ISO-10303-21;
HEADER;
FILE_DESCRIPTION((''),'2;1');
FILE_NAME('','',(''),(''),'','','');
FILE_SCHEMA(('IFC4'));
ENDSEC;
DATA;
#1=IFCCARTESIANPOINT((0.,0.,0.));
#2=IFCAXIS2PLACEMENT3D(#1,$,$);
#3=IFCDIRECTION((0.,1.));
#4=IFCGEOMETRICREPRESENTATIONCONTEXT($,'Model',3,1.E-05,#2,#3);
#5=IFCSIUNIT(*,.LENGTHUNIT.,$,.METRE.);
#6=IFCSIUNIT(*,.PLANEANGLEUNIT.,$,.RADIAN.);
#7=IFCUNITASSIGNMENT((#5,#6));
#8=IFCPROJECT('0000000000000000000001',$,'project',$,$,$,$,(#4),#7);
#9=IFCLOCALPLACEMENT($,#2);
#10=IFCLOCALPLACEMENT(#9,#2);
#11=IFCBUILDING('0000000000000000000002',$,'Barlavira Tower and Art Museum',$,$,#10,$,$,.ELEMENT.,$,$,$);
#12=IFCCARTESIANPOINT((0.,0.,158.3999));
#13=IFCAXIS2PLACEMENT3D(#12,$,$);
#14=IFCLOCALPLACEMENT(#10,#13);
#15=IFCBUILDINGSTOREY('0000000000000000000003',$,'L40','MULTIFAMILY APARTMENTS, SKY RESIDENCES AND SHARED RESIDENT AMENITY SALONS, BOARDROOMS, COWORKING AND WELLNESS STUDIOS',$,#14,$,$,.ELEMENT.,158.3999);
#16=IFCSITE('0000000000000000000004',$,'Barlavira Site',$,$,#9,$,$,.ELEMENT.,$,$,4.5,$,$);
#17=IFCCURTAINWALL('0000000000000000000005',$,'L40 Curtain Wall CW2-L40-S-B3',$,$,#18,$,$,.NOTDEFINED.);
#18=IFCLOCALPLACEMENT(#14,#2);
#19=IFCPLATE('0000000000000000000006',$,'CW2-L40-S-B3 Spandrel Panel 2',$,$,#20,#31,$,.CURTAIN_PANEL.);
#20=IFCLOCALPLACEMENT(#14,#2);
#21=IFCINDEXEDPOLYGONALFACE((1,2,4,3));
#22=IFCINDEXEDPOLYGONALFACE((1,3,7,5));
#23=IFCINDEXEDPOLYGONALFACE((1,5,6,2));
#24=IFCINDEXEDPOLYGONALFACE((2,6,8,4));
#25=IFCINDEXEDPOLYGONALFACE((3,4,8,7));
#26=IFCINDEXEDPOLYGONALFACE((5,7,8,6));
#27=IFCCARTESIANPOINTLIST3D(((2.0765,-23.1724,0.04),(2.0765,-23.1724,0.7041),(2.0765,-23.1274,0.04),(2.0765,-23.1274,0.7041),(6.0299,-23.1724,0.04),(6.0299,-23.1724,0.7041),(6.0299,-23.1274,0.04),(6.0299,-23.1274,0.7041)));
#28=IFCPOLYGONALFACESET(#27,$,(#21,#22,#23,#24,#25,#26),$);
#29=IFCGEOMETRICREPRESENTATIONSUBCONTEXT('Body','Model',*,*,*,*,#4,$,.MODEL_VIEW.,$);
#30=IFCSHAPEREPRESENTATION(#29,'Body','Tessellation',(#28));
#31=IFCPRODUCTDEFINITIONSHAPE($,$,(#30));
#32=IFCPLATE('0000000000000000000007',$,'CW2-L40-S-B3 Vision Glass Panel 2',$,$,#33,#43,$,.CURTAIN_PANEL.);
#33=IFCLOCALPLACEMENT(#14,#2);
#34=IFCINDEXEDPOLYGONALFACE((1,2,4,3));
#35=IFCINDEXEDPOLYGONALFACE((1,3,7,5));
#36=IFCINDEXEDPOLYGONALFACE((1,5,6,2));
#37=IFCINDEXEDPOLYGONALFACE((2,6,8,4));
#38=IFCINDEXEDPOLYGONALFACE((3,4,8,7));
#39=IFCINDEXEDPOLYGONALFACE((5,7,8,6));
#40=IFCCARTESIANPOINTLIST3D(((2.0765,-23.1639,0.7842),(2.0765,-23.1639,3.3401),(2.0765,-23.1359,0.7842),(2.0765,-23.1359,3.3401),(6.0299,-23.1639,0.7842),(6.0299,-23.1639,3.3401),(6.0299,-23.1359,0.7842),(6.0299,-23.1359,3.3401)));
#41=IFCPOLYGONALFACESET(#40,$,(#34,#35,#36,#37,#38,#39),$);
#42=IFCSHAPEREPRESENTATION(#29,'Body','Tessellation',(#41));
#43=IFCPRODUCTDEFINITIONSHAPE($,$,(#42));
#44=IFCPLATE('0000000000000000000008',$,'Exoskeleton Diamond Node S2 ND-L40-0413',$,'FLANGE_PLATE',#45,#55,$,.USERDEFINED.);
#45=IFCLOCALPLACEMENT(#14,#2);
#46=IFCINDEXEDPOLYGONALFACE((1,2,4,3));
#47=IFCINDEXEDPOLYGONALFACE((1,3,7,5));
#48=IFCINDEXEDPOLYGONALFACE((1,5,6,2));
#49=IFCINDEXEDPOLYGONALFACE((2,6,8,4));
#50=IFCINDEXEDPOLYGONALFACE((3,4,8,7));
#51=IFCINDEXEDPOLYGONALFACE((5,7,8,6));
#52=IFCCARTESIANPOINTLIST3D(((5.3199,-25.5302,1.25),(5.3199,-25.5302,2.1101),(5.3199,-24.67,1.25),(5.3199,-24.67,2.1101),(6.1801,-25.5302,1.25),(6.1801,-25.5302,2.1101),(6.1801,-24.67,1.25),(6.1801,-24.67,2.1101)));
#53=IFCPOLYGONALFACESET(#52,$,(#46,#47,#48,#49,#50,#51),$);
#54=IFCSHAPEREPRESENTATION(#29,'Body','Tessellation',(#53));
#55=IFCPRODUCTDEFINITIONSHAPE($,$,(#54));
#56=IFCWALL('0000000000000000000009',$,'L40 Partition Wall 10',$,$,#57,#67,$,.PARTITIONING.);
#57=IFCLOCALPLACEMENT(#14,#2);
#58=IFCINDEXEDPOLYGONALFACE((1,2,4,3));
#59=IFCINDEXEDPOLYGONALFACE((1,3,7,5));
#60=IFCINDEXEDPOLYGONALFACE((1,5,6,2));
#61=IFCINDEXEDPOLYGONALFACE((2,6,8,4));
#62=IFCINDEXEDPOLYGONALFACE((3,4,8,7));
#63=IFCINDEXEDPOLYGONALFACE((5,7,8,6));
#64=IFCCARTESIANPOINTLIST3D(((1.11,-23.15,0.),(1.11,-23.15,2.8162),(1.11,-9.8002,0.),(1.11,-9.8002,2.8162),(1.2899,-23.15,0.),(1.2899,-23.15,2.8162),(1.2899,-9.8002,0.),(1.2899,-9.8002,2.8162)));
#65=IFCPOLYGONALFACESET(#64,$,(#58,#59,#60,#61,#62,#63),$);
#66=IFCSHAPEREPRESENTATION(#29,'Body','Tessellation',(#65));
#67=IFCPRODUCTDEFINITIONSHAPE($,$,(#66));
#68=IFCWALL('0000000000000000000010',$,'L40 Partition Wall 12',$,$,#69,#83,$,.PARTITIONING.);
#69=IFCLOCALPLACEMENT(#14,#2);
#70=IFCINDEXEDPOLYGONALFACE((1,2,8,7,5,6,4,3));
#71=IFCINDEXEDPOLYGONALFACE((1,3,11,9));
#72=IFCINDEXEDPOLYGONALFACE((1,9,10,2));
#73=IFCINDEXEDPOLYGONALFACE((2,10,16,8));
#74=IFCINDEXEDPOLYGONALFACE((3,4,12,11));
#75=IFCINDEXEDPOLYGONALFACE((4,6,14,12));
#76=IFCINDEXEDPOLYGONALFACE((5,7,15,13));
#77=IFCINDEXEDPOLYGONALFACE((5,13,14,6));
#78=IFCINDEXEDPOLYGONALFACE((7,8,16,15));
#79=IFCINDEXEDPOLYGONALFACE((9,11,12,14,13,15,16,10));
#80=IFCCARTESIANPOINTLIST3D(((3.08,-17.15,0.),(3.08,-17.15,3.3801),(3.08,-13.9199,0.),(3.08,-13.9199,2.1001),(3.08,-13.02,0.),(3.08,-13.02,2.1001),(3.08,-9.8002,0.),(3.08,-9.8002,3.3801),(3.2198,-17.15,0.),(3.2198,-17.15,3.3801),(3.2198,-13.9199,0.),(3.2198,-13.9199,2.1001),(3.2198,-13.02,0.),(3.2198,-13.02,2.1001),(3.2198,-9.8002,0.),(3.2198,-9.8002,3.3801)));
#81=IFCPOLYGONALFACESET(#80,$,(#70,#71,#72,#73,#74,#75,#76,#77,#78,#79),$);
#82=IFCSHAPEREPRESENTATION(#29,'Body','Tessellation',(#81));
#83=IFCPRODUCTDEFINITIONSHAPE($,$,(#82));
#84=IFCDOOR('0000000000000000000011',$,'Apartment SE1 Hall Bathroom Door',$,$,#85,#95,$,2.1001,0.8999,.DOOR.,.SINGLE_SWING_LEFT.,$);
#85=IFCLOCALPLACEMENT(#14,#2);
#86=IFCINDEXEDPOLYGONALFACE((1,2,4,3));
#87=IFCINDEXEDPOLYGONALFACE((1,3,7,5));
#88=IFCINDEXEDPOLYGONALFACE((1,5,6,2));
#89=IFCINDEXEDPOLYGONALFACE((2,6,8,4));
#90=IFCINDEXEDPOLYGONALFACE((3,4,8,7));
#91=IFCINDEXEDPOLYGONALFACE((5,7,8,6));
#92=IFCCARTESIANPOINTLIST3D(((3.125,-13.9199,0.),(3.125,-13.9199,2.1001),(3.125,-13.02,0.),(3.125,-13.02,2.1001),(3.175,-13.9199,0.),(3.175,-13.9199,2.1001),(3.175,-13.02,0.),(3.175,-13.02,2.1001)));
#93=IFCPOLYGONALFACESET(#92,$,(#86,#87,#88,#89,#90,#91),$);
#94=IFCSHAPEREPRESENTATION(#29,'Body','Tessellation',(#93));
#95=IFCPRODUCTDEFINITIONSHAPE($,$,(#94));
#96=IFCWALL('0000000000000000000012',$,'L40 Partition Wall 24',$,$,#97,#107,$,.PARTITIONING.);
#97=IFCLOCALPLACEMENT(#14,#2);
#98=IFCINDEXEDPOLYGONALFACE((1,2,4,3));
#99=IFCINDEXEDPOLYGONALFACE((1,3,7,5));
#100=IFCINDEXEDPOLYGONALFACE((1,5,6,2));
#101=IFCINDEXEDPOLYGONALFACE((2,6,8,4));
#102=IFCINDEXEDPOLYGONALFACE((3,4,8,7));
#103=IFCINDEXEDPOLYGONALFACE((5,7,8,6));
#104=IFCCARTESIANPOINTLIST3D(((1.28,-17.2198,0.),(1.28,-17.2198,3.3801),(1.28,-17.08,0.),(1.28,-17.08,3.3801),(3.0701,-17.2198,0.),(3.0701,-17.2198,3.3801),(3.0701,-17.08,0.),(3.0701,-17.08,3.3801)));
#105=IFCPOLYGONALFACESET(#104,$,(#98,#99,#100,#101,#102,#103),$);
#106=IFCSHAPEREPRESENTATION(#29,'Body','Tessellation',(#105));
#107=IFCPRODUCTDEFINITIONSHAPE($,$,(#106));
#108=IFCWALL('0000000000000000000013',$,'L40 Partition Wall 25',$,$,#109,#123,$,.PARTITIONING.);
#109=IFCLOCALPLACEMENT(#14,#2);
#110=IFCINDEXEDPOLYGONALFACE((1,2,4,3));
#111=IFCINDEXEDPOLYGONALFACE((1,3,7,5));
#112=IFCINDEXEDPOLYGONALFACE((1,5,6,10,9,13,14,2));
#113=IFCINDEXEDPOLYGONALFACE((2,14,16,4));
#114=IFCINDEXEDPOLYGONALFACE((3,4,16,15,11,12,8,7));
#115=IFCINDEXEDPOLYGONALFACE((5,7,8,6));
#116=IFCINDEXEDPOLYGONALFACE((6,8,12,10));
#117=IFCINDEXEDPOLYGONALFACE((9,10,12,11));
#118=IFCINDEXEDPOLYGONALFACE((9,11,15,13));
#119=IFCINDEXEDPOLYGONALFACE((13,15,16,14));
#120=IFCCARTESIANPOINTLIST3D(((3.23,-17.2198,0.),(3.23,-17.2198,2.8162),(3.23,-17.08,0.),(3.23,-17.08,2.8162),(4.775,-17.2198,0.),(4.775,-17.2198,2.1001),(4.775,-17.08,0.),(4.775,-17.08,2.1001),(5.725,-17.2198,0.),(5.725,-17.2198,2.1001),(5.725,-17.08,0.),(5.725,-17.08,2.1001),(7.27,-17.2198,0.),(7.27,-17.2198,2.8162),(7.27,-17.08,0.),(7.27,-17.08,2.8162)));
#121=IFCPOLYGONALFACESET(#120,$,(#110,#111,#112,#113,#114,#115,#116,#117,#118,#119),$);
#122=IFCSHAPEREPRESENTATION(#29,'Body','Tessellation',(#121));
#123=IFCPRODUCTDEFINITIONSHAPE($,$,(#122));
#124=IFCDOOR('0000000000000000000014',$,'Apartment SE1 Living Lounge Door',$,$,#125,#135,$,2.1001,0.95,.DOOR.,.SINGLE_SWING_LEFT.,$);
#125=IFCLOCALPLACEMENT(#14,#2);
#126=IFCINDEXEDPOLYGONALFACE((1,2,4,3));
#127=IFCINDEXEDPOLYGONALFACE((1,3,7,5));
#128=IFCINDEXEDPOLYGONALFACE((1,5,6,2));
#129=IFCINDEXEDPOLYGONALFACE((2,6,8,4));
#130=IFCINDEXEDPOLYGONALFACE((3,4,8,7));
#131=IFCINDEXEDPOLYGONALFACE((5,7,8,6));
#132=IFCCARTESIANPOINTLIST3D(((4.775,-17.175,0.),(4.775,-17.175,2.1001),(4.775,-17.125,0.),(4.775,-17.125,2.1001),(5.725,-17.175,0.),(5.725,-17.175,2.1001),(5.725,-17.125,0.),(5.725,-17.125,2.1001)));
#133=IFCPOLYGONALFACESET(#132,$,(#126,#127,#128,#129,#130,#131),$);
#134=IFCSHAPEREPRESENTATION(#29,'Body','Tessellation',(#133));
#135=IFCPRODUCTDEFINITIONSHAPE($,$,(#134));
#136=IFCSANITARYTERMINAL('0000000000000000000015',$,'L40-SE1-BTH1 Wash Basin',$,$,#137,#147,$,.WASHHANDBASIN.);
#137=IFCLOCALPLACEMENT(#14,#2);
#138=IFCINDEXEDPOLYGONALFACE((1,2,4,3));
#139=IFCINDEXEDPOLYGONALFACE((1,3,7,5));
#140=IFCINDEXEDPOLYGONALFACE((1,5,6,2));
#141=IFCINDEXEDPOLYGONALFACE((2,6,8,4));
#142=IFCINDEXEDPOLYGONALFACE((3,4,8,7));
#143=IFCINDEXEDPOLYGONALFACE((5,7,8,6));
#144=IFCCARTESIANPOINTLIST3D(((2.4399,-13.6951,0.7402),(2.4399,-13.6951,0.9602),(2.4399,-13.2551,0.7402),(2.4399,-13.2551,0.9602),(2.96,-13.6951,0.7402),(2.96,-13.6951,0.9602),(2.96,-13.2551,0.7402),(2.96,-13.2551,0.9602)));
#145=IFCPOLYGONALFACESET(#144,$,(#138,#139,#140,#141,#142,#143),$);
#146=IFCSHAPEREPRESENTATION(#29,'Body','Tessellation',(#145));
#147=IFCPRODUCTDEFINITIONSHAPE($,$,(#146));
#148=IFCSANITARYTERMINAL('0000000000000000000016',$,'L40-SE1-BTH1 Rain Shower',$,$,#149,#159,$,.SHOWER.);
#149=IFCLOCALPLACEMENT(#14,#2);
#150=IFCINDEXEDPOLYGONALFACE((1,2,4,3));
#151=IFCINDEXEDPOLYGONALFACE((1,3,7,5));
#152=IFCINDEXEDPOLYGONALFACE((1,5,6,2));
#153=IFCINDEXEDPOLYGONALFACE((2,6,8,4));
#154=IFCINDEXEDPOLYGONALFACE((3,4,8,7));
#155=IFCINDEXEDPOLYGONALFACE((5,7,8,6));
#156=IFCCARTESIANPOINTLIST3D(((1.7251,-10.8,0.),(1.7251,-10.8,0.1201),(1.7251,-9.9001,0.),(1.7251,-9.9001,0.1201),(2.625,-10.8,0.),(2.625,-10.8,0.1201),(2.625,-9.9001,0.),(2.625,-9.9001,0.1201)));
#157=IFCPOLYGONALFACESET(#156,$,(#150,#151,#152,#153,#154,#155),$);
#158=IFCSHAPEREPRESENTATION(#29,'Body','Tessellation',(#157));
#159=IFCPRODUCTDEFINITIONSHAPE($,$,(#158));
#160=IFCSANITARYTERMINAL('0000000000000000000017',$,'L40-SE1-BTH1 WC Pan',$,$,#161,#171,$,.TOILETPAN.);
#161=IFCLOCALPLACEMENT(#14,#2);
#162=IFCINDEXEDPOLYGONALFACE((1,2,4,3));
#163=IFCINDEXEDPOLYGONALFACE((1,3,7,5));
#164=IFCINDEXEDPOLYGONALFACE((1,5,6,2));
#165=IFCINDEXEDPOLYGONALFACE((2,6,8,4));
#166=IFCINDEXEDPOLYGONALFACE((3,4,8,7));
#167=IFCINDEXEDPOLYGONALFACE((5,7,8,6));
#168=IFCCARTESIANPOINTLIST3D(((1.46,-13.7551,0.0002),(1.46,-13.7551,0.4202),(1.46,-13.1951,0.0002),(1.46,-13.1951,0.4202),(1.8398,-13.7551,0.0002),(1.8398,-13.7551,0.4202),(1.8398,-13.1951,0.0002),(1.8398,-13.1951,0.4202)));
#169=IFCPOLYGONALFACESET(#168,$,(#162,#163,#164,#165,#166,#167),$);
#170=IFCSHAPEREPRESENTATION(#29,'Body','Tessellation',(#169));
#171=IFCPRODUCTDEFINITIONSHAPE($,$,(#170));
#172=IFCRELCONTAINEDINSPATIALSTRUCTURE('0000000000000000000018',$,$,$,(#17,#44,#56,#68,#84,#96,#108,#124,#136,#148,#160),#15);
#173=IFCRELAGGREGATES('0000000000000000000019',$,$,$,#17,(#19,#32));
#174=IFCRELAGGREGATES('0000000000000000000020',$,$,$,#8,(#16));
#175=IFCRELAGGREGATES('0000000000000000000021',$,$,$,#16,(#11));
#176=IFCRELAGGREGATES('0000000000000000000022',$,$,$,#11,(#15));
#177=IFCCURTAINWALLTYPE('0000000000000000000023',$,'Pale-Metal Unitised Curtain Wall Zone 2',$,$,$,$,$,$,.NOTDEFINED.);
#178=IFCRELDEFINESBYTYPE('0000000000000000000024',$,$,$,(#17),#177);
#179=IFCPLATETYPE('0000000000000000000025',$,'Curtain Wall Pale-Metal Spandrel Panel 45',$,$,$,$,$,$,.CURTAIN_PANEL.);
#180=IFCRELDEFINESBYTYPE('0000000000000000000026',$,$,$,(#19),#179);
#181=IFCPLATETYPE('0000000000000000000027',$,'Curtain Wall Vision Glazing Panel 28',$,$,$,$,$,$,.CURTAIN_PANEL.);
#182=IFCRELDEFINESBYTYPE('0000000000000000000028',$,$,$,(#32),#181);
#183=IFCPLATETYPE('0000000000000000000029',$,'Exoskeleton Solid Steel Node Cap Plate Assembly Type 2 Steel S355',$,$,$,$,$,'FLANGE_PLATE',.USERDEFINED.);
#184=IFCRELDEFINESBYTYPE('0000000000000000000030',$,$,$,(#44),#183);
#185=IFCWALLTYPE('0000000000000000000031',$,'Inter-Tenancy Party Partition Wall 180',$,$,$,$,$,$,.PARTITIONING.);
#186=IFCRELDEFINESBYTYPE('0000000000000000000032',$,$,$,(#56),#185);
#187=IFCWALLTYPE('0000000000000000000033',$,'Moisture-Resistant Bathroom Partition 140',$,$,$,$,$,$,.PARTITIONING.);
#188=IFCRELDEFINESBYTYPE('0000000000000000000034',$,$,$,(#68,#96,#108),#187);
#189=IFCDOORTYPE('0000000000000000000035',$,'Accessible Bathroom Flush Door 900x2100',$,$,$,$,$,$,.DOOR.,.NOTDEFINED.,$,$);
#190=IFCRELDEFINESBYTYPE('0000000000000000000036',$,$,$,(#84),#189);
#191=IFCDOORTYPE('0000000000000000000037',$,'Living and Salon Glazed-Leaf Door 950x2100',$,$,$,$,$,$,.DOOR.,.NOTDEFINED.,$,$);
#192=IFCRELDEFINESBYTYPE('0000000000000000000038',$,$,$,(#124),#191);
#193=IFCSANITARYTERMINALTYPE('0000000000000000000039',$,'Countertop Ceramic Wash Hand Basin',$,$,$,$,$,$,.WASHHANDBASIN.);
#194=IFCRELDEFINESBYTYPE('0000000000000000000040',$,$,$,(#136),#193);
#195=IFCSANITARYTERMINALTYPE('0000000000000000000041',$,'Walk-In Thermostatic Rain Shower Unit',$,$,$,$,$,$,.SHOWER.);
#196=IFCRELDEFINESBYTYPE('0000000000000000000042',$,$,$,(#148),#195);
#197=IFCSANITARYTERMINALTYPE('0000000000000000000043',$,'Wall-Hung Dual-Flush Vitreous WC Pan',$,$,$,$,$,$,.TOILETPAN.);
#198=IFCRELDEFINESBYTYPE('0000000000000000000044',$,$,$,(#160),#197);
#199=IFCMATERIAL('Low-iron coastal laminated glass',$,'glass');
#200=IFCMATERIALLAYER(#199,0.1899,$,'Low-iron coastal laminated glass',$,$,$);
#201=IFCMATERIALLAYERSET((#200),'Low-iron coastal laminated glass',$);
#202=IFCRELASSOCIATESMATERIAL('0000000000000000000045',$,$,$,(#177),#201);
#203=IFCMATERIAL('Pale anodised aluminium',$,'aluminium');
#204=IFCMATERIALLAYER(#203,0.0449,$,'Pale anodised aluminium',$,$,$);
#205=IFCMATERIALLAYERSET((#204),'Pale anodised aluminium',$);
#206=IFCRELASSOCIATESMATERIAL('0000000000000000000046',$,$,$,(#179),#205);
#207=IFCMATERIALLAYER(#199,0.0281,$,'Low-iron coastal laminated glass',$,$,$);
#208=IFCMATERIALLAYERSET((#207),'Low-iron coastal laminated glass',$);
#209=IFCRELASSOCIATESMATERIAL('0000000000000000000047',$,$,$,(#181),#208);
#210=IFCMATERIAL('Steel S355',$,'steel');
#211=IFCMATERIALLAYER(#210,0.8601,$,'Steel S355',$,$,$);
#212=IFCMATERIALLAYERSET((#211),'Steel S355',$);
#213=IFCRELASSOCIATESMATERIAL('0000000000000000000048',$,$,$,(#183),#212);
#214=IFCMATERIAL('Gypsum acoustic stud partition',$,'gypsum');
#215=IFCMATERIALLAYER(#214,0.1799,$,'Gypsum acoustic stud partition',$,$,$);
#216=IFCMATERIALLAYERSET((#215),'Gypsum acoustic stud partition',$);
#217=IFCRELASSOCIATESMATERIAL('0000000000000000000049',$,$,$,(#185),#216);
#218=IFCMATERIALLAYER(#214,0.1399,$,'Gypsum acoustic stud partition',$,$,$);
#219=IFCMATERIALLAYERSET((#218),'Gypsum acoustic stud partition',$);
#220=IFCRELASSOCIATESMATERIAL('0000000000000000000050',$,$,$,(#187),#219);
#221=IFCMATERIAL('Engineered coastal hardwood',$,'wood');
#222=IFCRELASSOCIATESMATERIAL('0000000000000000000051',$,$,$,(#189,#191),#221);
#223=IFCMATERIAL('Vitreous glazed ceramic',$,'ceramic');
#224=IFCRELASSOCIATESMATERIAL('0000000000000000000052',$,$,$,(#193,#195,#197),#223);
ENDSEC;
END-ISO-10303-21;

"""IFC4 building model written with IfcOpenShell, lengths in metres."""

from ifc_helpers import new_model, si_unit, direction, frame, frame_2d, origin, origin_2d, place, context, subcontext, project, spatial, rectangle, extrude, material, layer, layer_set, type_object, element, fill, aggregate, save


model = new_model("IFC4")

# Units and contexts
model_context = context("Model", 3, precision=1e-05, world=origin(), true_north=direction((0.0, 1.0)))
body_context = subcontext(model_context, "Body", "Model", "MODEL_VIEW")
ifc_project = project(units=[si_unit("LENGTHUNIT", "METRE"), si_unit("PLANEANGLEUNIT", "RADIAN")], contexts=[model_context])

# Site, building, storey
site_placement = place(None, origin())
site = spatial("IfcSite", under=ifc_project, at=site_placement, Name="Barlavira Site", CompositionType="ELEMENT", RefElevation=4.5)
building_placement = place(site_placement, origin())
building = spatial("IfcBuilding", under=site, at=building_placement, Name="Barlavira Tower and Art Museum", CompositionType="ELEMENT")
storey_placement = place(building_placement, frame((0.0, 0.0, 158.3999)))
storey = spatial("IfcBuildingStorey", under=building, at=storey_placement, Name="L40", Description="MULTIFAMILY APARTMENTS, SKY RESIDENCES AND SHARED RESIDENT AMENITY SALONS, BOARDROOMS, COWORKING AND WELLNESS STUDIOS", CompositionType="ELEMENT", Elevation=158.3999)

# Curtain wall
ifc_material_1 = material(Name="Low-iron coastal laminated glass", Category="glass")
ifc_layer_1 = layer(ifc_material_1, 0.1899, Name="Low-iron coastal laminated glass")
ifc_layer_set_1 = layer_set([ifc_layer_1], Name="Low-iron coastal laminated glass")
curtain_wall_type = type_object("IfcCurtainWallType", Name="Pale-Metal Unitised Curtain Wall Zone 2", PredefinedType="NOTDEFINED", material=ifc_layer_set_1)
curtain_wall_placement = place(storey_placement, origin())
curtain_wall = element("IfcCurtainWall", 1, at=curtain_wall_placement, inside=storey, type_object=curtain_wall_type, Name="L40 Curtain Wall CW2-L40-S-B3", PredefinedType="NOTDEFINED")
ifc_material_2 = material(Name="Pale anodised aluminium", Category="aluminium")

# Shared definitions
ifc_material_3 = material(Name="Steel S355", Category="steel")

# Plates
ifc_layer_2 = layer(ifc_material_2, 0.0449, Name="Pale anodised aluminium")
ifc_layer_set_2 = layer_set([ifc_layer_2], Name="Pale anodised aluminium")
plate_type_1 = type_object("IfcPlateType", Name="Curtain Wall Pale-Metal Spandrel Panel 45", PredefinedType="CURTAIN_PANEL", material=ifc_layer_set_2)
plate_1_placement = place(storey_placement, frame((4.0532, -23.1499, 0.04), z_axis=(0.0, 0.0, 1.0), x_axis=(1.0, 0.0, 0.0)))
plate_1 = element("IfcPlate", 2, at=plate_1_placement, type_object=plate_type_1, Name="CW2-L40-S-B3 Spandrel Panel 2", PredefinedType="CURTAIN_PANEL", context=body_context, shape_type="SweptSolid", body=[
    extrude(rectangle(XDim=3.9534, YDim=0.0449, at=origin_2d()), origin(), (0.0, 0.0, 1.0), 0.6641),
])
ifc_layer_3 = layer(ifc_material_1, 0.0281, Name="Low-iron coastal laminated glass")
ifc_layer_set_3 = layer_set([ifc_layer_3], Name="Low-iron coastal laminated glass")
plate_type_2 = type_object("IfcPlateType", Name="Curtain Wall Vision Glazing Panel 28", PredefinedType="CURTAIN_PANEL", material=ifc_layer_set_3)
plate_2_placement = place(storey_placement, frame((4.0532, -23.1499, 0.7842), z_axis=(0.0, 0.0, 1.0), x_axis=(1.0, 0.0, 0.0)))
plate_2 = element("IfcPlate", 3, at=plate_2_placement, type_object=plate_type_2, Name="CW2-L40-S-B3 Vision Glass Panel 2", PredefinedType="CURTAIN_PANEL", context=body_context, shape_type="SweptSolid", body=[
    extrude(rectangle(XDim=3.9534, YDim=0.0281, at=origin_2d()), origin(), (0.0, 0.0, 1.0), 2.5559),
])
aggregate(curtain_wall, [plate_1, plate_2])
ifc_layer_4 = layer(ifc_material_3, 0.8601, Name="Steel S355")
ifc_layer_set_4 = layer_set([ifc_layer_4], Name="Steel S355")
plate_type_3 = type_object("IfcPlateType", Name="Exoskeleton Solid Steel Node Cap Plate Assembly Type 2 Steel S355", ElementType="FLANGE_PLATE", PredefinedType="USERDEFINED", material=ifc_layer_set_4)
plate_3_placement = place(storey_placement, frame((5.75, -25.1001, 1.25), z_axis=(0.0, 0.0, 1.0), x_axis=(1.0, 0.0, 0.0)))
element("IfcPlate", 4, at=plate_3_placement, inside=storey, type_object=plate_type_3, Name="Exoskeleton Diamond Node S2 ND-L40-0413", ObjectType="FLANGE_PLATE", PredefinedType="USERDEFINED", context=body_context, shape_type="SweptSolid", body=[
    extrude(rectangle(XDim=0.8601, YDim=0.8601, at=origin_2d()), origin(), (0.0, 0.0, 1.0), 0.8601),
])

# Wall
ifc_material_4 = material(Name="Gypsum acoustic stud partition", Category="gypsum")
ifc_layer_5 = layer(ifc_material_4, 0.1799, Name="Gypsum acoustic stud partition")
ifc_layer_set_5 = layer_set([ifc_layer_5], Name="Gypsum acoustic stud partition")
wall_type_1 = type_object("IfcWallType", Name="Inter-Tenancy Party Partition Wall 180", PredefinedType="PARTITIONING", material=ifc_layer_set_5)
wall_1_placement = place(storey_placement, frame((1.2, -23.1499, 0.0), z_axis=(0.0, 0.0, 1.0), x_axis=(0.0, 1.0, 0.0)))
element("IfcWall", 5, at=wall_1_placement, inside=storey, type_object=wall_type_1, Name="L40 Partition Wall 10", PredefinedType="PARTITIONING", context=body_context, shape_type="SweptSolid", body=[
    extrude(rectangle(XDim=13.3499, YDim=0.1799, at=frame_2d((6.6748, 0.0))), origin(), (0.0, 0.0, 1.0), 2.8162),
])

# Wall, opening, door
ifc_layer_6 = layer(ifc_material_4, 0.1399, Name="Gypsum acoustic stud partition")
ifc_layer_set_6 = layer_set([ifc_layer_6], Name="Gypsum acoustic stud partition")
wall_type_2 = type_object("IfcWallType", Name="Moisture-Resistant Bathroom Partition 140", PredefinedType="PARTITIONING", material=ifc_layer_set_6)
wall_2_placement = place(storey_placement, frame((3.1499, -17.1499, 0.0), z_axis=(0.0, 0.0, 1.0), x_axis=(0.0, 1.0, 0.0)))
wall_2 = element("IfcWall", 6, at=wall_2_placement, inside=storey, type_object=wall_type_2, Name="L40 Partition Wall 12", PredefinedType="PARTITIONING", context=body_context, shape_type="SweptSolid", body=[
    extrude(rectangle(XDim=7.3499, YDim=0.1399, at=frame_2d((3.6748, 0.0))), origin(), (0.0, 0.0, 1.0), 3.3801),
])
opening_1_placement = place(wall_2_placement, frame((3.23, 0.0, 0.0)))
opening_1 = element("IfcOpeningElement", 7, at=opening_1_placement, cuts=wall_2, PredefinedType="OPENING", context=body_context, shape_type="SweptSolid", body=[
    extrude(rectangle(XDim=0.8999, YDim=2.1001, at=frame_2d((0.45, 1.05))), frame((0.0, 0.0801, 0.0), z_axis=(0.0, -1.0, 0.0), x_axis=(1.0, 0.0, 0.0)), (0.0, 0.0, 1.0), 0.1599),
])
ifc_material_5 = material(Name="Engineered coastal hardwood", Category="wood")
door_type_1 = type_object("IfcDoorType", Name="Accessible Bathroom Flush Door 900x2100", OperationType="NOTDEFINED", PredefinedType="DOOR", material=ifc_material_5)
door_1_placement = place(opening_1_placement, origin())
door_1 = element("IfcDoor", 8, at=door_1_placement, inside=storey, type_object=door_type_1, Name="Apartment SE1 Hall Bathroom Door", OperationType="SINGLE_SWING_LEFT", OverallHeight=2.1001, OverallWidth=0.8999, PredefinedType="DOOR", context=body_context, shape_type="SweptSolid", body=[
    extrude(rectangle(XDim=0.8999, YDim=2.1001, at=frame_2d((0.45, 1.05))), frame((0.0, 0.0249, 0.0), z_axis=(0.0, -1.0, 0.0), x_axis=(1.0, 0.0, 0.0)), (0.0, 0.0, 1.0), 0.05),
])
fill(opening_1, door_1)

# Wall
wall_3_placement = place(storey_placement, frame((1.28, -17.1499, 0.0), z_axis=(0.0, 0.0, 1.0), x_axis=(1.0, 0.0, 0.0)))
element("IfcWall", 9, at=wall_3_placement, inside=storey, type_object=wall_type_2, Name="L40 Partition Wall 24", PredefinedType="PARTITIONING", context=body_context, shape_type="SweptSolid", body=[
    extrude(rectangle(XDim=1.79, YDim=0.1399, at=frame_2d((0.895, 0.0))), origin(), (0.0, 0.0, 1.0), 3.3801),
])

# Wall, opening, door
wall_4_placement = place(storey_placement, frame((3.23, -17.1499, 0.0), z_axis=(0.0, 0.0, 1.0), x_axis=(1.0, 0.0, 0.0)))
wall_4 = element("IfcWall", 10, at=wall_4_placement, inside=storey, type_object=wall_type_2, Name="L40 Partition Wall 25", PredefinedType="PARTITIONING", context=body_context, shape_type="SweptSolid", body=[
    extrude(rectangle(XDim=4.04, YDim=0.1399, at=frame_2d((2.02, 0.0))), origin(), (0.0, 0.0, 1.0), 2.8162),
])
opening_2_placement = place(wall_4_placement, frame((1.5449, 0.0, 0.0)))
opening_2 = element("IfcOpeningElement", 11, at=opening_2_placement, cuts=wall_4, PredefinedType="OPENING", context=body_context, shape_type="SweptSolid", body=[
    extrude(rectangle(XDim=0.95, YDim=2.1001, at=frame_2d((0.4751, 1.05))), frame((0.0, 0.0801, 0.0), z_axis=(0.0, -1.0, 0.0), x_axis=(1.0, 0.0, 0.0)), (0.0, 0.0, 1.0), 0.1599),
])
door_type_2 = type_object("IfcDoorType", Name="Living and Salon Glazed-Leaf Door 950x2100", OperationType="NOTDEFINED", PredefinedType="DOOR", material=ifc_material_5)
door_2_placement = place(opening_2_placement, origin())
door_2 = element("IfcDoor", 12, at=door_2_placement, inside=storey, type_object=door_type_2, Name="Apartment SE1 Living Lounge Door", OperationType="SINGLE_SWING_LEFT", OverallHeight=2.1001, OverallWidth=0.95, PredefinedType="DOOR", context=body_context, shape_type="SweptSolid", body=[
    extrude(rectangle(XDim=0.95, YDim=2.1001, at=frame_2d((0.4751, 1.05))), frame((0.0, 0.0249, 0.0), z_axis=(0.0, -1.0, 0.0), x_axis=(1.0, 0.0, 0.0)), (0.0, 0.0, 1.0), 0.05),
])
fill(opening_2, door_2)

# Sanitary terminals
ifc_material_6 = material(Name="Vitreous glazed ceramic", Category="ceramic")
sanitary_terminal_type_1 = type_object("IfcSanitaryTerminalType", Name="Countertop Ceramic Wash Hand Basin", PredefinedType="WASHHANDBASIN", material=ifc_material_6)
sanitary_terminal_1_placement = place(storey_placement, frame((2.7, -13.4751, 0.7402), z_axis=(0.0, 0.0, 1.0), x_axis=(1.0, 0.0, 0.0)))
element("IfcSanitaryTerminal", 13, at=sanitary_terminal_1_placement, inside=storey, type_object=sanitary_terminal_type_1, Name="L40-SE1-BTH1 Wash Basin", PredefinedType="WASHHANDBASIN", context=body_context, shape_type="SweptSolid", body=[
    extrude(rectangle(XDim=0.52, YDim=0.4399, at=origin_2d()), origin(), (0.0, 0.0, 1.0), 0.22),
])
sanitary_terminal_type_2 = type_object("IfcSanitaryTerminalType", Name="Walk-In Thermostatic Rain Shower Unit", PredefinedType="SHOWER", material=ifc_material_6)
sanitary_terminal_2_placement = place(storey_placement, frame((2.175, -10.3501, 0.0), z_axis=(0.0, 0.0, 1.0), x_axis=(1.0, 0.0, 0.0)))
element("IfcSanitaryTerminal", 14, at=sanitary_terminal_2_placement, inside=storey, type_object=sanitary_terminal_type_2, Name="L40-SE1-BTH1 Rain Shower", PredefinedType="SHOWER", context=body_context, shape_type="SweptSolid", body=[
    extrude(rectangle(XDim=0.8999, YDim=0.8999, at=origin_2d()), origin(), (0.0, 0.0, 1.0), 0.1201),
])
sanitary_terminal_type_3 = type_object("IfcSanitaryTerminalType", Name="Wall-Hung Dual-Flush Vitreous WC Pan", PredefinedType="TOILETPAN", material=ifc_material_6)
sanitary_terminal_3_placement = place(storey_placement, frame((1.6499, -13.4751, 0.0002), z_axis=(0.0, 0.0, 1.0), x_axis=(1.0, 0.0, 0.0)))
element("IfcSanitaryTerminal", 15, at=sanitary_terminal_3_placement, inside=storey, type_object=sanitary_terminal_type_3, Name="L40-SE1-BTH1 WC Pan", PredefinedType="TOILETPAN", context=body_context, shape_type="SweptSolid", body=[
    extrude(rectangle(XDim=0.3799, YDim=0.5601, at=origin_2d()), origin(), (0.0, 0.0, 1.0), 0.4199),
])

save(model, "model.ifc")
